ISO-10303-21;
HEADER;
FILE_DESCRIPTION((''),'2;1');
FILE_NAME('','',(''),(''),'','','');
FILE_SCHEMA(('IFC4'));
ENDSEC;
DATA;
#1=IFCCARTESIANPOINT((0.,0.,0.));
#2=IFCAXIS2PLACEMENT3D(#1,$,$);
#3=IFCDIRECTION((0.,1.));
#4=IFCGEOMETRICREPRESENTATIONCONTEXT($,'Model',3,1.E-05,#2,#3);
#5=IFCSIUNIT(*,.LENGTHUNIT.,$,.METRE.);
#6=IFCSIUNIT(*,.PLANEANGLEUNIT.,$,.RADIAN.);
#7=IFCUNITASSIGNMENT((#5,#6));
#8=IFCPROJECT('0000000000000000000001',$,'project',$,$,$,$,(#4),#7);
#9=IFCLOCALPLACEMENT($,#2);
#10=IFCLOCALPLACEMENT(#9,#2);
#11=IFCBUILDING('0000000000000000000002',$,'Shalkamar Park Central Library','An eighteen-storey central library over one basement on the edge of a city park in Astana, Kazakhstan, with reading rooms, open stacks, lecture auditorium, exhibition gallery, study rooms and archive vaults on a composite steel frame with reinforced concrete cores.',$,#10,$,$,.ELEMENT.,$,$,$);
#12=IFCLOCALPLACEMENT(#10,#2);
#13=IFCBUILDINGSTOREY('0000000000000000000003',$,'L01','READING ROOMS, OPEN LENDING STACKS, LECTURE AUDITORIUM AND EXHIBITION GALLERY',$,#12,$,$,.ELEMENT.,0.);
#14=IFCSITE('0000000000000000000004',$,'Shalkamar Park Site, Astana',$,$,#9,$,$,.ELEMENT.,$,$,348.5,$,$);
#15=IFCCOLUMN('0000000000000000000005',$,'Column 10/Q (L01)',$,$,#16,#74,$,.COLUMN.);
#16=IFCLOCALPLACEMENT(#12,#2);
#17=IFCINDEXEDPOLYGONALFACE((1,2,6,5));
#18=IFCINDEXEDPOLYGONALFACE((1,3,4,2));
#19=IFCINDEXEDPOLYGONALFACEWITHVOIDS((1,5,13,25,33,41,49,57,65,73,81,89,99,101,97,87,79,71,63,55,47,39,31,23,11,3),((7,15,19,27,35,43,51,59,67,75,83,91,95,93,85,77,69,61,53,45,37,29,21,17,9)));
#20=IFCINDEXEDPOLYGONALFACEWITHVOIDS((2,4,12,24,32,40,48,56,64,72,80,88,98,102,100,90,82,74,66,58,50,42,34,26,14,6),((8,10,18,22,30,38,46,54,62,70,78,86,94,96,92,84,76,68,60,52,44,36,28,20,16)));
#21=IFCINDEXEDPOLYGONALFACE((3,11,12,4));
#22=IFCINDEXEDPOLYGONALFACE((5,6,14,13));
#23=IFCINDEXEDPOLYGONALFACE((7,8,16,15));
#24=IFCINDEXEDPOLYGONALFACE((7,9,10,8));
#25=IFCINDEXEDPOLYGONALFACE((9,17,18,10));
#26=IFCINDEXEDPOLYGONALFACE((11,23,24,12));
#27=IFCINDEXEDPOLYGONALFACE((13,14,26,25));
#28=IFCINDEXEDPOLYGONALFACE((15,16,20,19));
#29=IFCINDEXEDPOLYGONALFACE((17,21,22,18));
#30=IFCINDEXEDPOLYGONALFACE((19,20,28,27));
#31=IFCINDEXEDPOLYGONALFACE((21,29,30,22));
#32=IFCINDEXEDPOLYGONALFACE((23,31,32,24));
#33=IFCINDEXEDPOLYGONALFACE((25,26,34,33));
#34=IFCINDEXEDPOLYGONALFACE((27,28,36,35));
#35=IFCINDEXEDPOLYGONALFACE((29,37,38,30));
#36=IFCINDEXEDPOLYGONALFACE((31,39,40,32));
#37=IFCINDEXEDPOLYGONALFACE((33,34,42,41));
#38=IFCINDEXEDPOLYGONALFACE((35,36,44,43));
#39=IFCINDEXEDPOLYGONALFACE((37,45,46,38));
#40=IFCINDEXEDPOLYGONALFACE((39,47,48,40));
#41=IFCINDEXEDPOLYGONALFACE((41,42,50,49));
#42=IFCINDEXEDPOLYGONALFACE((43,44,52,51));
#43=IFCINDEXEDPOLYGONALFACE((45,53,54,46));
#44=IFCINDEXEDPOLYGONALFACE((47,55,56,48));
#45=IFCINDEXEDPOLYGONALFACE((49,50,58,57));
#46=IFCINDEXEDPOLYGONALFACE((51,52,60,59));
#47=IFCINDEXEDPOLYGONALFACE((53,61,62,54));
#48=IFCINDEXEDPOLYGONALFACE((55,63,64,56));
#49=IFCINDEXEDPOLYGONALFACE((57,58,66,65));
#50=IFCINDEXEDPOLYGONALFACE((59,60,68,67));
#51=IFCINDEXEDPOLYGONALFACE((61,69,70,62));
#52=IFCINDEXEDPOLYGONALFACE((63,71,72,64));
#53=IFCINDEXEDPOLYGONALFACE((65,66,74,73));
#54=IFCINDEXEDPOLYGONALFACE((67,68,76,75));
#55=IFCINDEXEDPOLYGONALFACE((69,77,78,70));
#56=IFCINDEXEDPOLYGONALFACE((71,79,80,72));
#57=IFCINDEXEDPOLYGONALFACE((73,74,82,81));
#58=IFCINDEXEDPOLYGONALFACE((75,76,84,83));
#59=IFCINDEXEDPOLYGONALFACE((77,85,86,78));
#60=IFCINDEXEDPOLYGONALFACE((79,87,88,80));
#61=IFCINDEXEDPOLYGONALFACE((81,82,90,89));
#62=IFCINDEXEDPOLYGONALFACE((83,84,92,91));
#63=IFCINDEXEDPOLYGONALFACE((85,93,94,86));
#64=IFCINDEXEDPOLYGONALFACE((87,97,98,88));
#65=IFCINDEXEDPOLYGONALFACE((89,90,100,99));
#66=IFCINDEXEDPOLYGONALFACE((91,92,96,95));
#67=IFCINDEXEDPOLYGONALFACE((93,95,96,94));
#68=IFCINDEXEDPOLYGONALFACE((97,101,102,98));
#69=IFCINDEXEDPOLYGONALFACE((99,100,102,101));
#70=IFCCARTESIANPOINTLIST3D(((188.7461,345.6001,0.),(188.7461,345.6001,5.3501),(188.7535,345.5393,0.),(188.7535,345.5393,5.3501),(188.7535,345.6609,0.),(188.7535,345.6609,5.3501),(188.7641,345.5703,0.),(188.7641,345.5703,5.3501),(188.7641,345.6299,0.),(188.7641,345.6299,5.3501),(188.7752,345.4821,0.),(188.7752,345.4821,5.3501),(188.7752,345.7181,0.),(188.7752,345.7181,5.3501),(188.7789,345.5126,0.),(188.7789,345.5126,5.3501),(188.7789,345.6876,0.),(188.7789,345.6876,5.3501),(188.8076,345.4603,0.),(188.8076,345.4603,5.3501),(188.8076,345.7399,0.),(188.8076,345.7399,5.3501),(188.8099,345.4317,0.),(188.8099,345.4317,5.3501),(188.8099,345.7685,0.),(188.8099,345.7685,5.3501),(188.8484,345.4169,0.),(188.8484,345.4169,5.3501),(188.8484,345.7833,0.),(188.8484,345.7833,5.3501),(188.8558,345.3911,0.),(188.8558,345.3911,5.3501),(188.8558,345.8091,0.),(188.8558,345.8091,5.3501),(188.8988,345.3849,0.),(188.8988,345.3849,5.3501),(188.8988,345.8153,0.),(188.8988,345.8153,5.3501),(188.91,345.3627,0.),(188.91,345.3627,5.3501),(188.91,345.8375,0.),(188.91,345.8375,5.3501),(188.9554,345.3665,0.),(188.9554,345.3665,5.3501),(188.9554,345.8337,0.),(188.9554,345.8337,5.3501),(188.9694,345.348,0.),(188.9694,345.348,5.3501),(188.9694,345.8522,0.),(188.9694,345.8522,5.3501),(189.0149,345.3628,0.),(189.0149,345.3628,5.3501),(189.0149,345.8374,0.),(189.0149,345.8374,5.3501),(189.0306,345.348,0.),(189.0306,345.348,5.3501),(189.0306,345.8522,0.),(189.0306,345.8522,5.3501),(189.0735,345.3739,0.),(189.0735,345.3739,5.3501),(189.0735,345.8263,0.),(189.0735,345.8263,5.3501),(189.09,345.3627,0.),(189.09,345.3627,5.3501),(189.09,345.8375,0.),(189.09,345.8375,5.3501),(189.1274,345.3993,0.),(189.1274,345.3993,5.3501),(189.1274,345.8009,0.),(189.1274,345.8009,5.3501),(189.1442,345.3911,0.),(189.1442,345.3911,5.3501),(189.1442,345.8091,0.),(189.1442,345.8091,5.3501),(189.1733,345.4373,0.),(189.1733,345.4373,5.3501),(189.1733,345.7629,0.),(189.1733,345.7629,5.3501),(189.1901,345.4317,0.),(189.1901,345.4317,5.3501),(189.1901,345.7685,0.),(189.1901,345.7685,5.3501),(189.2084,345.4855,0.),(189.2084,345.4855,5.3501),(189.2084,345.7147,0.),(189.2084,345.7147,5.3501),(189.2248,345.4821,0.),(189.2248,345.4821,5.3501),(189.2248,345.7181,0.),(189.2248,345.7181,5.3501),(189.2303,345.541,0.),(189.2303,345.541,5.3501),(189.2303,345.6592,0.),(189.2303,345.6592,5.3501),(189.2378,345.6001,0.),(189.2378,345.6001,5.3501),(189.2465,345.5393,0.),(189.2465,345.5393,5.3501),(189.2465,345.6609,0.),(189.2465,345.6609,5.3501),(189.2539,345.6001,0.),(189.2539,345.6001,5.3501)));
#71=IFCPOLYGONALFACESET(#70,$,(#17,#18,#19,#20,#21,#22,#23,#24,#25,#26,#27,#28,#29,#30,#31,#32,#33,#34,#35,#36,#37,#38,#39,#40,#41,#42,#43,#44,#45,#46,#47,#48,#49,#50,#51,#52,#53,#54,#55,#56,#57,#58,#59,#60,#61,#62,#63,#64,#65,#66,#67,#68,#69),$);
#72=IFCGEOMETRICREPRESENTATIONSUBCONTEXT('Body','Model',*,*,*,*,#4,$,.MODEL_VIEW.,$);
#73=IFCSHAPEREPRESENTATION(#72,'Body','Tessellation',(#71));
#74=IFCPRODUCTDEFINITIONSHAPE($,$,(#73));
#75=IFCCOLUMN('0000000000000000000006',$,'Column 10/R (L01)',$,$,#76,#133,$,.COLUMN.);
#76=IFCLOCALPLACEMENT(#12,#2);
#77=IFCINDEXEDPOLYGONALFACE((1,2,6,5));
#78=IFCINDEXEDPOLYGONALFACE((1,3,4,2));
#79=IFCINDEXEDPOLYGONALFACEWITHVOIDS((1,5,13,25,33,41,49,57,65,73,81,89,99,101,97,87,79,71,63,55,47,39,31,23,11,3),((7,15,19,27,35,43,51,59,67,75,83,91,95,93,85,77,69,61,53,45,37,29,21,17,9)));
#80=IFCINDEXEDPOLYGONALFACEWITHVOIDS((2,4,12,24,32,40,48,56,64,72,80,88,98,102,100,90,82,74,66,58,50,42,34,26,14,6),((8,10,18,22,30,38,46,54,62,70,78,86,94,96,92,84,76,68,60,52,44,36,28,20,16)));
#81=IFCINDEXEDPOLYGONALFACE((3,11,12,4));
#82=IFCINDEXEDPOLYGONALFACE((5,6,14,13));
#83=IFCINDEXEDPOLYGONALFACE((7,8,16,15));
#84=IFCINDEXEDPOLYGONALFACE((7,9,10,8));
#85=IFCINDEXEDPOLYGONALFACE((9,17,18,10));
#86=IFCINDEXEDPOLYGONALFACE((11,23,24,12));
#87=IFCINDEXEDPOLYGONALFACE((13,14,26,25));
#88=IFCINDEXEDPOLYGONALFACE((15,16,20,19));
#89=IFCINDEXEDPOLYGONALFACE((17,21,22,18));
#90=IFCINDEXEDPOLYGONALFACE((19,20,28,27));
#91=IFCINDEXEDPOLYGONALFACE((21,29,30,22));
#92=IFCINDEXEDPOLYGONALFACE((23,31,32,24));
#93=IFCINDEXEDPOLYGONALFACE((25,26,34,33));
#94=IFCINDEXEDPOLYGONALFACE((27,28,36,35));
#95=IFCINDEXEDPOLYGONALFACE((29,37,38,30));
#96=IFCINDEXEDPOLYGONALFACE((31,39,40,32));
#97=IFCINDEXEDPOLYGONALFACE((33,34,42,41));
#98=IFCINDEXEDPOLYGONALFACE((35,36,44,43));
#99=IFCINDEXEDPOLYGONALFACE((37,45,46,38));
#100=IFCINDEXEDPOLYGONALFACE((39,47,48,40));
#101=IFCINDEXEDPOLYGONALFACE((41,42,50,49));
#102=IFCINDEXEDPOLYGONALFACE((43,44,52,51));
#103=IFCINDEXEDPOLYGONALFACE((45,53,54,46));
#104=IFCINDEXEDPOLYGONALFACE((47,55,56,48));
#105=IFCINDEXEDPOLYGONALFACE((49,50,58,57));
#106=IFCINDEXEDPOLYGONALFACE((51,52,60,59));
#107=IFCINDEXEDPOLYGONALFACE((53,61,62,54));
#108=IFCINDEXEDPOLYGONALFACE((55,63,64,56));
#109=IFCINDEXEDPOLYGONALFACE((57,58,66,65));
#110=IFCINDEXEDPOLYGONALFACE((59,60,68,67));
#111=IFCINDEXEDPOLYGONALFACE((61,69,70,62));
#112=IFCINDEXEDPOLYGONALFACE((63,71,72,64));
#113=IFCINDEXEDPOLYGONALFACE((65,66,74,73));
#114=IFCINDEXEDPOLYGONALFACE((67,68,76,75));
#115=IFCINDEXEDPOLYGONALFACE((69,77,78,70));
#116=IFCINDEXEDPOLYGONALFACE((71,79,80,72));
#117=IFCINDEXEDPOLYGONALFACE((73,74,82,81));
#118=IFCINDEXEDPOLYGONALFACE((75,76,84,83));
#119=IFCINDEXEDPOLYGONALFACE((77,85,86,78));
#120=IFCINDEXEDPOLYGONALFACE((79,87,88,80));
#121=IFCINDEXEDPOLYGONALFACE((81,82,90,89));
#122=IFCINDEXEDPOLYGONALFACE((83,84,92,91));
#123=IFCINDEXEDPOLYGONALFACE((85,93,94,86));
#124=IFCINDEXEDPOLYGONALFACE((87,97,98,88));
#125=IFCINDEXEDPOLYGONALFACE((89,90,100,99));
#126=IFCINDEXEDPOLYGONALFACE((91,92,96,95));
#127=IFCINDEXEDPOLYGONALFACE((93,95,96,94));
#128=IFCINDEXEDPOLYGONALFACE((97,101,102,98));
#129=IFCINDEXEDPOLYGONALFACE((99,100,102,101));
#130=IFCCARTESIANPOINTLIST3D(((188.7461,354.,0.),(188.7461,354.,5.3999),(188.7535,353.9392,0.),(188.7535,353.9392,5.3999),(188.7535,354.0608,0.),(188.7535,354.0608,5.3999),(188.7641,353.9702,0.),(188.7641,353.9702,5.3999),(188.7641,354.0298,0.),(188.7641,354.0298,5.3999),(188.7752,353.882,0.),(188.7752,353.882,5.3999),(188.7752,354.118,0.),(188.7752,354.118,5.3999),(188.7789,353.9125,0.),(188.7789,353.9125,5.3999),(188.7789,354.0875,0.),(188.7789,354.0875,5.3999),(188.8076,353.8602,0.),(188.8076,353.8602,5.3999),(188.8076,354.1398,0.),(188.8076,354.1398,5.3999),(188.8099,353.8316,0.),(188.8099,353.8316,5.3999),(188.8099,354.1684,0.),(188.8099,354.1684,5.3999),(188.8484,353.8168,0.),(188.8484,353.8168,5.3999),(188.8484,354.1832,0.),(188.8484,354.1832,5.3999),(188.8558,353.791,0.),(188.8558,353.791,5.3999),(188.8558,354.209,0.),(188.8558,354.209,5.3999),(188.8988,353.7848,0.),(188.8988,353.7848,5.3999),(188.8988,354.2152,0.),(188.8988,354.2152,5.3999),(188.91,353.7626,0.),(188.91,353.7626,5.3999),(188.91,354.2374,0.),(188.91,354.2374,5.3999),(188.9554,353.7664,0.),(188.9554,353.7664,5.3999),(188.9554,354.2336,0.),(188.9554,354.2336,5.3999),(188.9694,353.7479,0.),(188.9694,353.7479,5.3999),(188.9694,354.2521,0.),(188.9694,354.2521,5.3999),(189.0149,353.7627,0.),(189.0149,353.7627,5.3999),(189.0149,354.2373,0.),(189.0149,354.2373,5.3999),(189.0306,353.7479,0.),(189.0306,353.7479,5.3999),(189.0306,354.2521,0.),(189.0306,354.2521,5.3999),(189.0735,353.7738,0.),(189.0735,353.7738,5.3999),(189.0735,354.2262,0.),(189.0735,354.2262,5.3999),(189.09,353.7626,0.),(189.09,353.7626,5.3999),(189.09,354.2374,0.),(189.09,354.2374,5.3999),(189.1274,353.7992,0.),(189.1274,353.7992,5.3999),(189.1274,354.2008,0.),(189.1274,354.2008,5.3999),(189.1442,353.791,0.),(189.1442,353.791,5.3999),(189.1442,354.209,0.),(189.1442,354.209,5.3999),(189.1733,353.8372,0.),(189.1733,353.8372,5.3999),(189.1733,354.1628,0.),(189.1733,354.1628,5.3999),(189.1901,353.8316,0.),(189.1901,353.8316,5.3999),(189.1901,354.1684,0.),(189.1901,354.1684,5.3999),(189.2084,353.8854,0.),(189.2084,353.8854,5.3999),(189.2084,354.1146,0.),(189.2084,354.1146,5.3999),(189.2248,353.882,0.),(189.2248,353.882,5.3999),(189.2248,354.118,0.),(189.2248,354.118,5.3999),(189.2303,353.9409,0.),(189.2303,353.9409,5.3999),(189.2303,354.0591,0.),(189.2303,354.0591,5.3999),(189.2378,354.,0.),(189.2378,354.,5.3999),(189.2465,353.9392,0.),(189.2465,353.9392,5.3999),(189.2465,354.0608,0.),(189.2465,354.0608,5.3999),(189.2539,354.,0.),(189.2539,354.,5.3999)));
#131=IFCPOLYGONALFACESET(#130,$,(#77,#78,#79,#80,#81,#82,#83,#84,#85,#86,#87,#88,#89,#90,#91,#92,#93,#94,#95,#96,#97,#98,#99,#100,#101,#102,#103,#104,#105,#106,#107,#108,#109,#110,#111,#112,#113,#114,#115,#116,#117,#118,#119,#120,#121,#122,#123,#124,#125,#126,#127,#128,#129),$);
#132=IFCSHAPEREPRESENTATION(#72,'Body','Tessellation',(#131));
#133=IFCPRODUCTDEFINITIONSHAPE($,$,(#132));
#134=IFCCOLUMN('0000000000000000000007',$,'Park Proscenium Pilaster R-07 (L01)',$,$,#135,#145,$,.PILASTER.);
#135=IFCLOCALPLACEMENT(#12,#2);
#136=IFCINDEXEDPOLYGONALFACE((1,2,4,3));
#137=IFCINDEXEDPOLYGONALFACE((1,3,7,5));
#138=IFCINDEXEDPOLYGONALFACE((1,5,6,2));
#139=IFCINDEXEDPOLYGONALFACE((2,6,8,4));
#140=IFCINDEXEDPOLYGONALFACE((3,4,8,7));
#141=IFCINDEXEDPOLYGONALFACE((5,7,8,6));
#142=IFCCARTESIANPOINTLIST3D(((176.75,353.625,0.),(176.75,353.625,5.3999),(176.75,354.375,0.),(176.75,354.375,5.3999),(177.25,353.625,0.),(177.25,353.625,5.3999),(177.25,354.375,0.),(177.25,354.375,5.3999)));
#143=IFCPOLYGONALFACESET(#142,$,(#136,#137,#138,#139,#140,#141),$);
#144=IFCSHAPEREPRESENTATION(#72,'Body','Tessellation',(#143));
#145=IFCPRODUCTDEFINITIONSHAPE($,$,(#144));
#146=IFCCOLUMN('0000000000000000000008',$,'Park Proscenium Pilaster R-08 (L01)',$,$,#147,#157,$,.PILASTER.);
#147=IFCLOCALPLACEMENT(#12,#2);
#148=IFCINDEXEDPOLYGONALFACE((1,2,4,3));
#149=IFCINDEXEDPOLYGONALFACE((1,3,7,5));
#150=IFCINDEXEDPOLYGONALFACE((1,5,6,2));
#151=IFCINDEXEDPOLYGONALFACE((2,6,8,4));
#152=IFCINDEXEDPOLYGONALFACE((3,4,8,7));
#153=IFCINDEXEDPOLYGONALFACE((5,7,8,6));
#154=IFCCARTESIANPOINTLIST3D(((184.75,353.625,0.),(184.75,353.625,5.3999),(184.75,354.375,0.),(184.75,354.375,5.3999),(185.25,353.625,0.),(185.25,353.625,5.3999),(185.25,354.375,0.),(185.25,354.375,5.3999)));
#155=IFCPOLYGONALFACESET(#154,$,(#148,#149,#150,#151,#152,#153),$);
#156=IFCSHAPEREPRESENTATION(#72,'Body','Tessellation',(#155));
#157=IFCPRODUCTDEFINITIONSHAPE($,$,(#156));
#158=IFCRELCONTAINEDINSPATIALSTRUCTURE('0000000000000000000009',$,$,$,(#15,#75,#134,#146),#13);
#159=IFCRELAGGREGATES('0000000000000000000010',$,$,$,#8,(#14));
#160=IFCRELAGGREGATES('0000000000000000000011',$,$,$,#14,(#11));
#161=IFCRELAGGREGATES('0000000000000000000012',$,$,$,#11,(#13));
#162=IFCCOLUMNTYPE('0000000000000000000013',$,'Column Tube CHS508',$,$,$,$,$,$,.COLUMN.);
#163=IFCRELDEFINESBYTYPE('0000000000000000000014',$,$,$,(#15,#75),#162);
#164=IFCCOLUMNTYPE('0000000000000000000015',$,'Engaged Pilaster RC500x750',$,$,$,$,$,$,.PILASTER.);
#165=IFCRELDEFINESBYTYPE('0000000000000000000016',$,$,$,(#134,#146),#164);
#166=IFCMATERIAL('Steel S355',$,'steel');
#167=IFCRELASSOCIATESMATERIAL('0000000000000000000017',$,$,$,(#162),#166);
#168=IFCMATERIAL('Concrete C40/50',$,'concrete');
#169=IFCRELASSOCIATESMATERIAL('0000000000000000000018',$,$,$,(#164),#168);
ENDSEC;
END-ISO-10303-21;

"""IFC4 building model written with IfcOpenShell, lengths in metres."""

from ifc_helpers import new_model, si_unit, direction, frame, origin, origin_2d, place, context, subcontext, project, spatial, rectangle, hollow_circle, extrude, material, material_profile, profile_set, type_object, element, save


model = new_model("IFC4")

# Units and contexts
model_context = context("Model", 3, precision=1e-05, world=origin(), true_north=direction((0.0, 1.0)))
body_context = subcontext(model_context, "Body", "Model", "MODEL_VIEW")
ifc_project = project(units=[si_unit("LENGTHUNIT", "METRE"), si_unit("PLANEANGLEUNIT", "RADIAN")], contexts=[model_context])

# Site, building, storey
site_placement = place(None, origin())
site = spatial("IfcSite", under=ifc_project, at=site_placement, Name="Shalkamar Park Site, Astana", CompositionType="ELEMENT", RefElevation=348.5)
building_placement = place(site_placement, origin())
building = spatial("IfcBuilding", under=site, at=building_placement, Name="Shalkamar Park Central Library", Description="An eighteen-storey central library over one basement on the edge of a city park in Astana, Kazakhstan, with reading rooms, open stacks, lecture auditorium, exhibition gallery, study rooms and archive vaults on a composite steel frame with reinforced concrete cores.", CompositionType="ELEMENT")
storey_placement = place(building_placement, origin())
storey = spatial("IfcBuildingStorey", under=building, at=storey_placement, Name="L01", Description="READING ROOMS, OPEN LENDING STACKS, LECTURE AUDITORIUM AND EXHIBITION GALLERY", CompositionType="ELEMENT", Elevation=0.0)

# Columns
ifc_material_1 = material(Name="Steel S355", Category="steel")
ifc_material_profile_1 = material_profile(ifc_material_1, hollow_circle(Radius=0.2539, WallThickness=0.0161, at=origin_2d()), Name="CHS 508x16")
ifc_profile_set_1 = profile_set([ifc_material_profile_1], Name="Steel S355")
column_type_1 = type_object("IfcColumnType", Name="Column Tube CHS508", PredefinedType="COLUMN", material=ifc_profile_set_1)
column_1_placement = place(storey_placement, frame((189.0, 345.6001, 0.0), z_axis=(0.0, 0.0, 1.0), x_axis=(1.0, 0.0, 0.0)))
element("IfcColumn", 1, at=column_1_placement, inside=storey, type_object=column_type_1, Name="Column 10/Q (L01)", PredefinedType="COLUMN", context=body_context, shape_type="SweptSolid", body=[
    extrude(hollow_circle(Radius=0.2539, WallThickness=0.0161, at=origin_2d()), origin(), (0.0, 0.0, 1.0), 5.3501),
])
column_2_placement = place(storey_placement, frame((189.0, 354.0, 0.0), z_axis=(0.0, 0.0, 1.0), x_axis=(1.0, 0.0, 0.0)))
element("IfcColumn", 2, at=column_2_placement, inside=storey, type_object=column_type_1, Name="Column 10/R (L01)", PredefinedType="COLUMN", context=body_context, shape_type="SweptSolid", body=[
    extrude(hollow_circle(Radius=0.2539, WallThickness=0.0161, at=origin_2d()), origin(), (0.0, 0.0, 1.0), 5.3999),
])
ifc_material_2 = material(Name="Concrete C40/50", Category="concrete")
ifc_material_profile_2 = material_profile(ifc_material_2, rectangle(XDim=0.5, YDim=0.75, at=origin_2d()), Name="RC 500x750")
ifc_profile_set_2 = profile_set([ifc_material_profile_2], Name="Concrete C40/50")
column_type_2 = type_object("IfcColumnType", Name="Engaged Pilaster RC500x750", PredefinedType="PILASTER", material=ifc_profile_set_2)
for number, where, z_axis, x_axis, name in (
    (3, (177.0, 354.0, 0.0), (0.0, 0.0, 1.0), (1.0, 0.0, 0.0), "Park Proscenium Pilaster R-07 (L01)"),
    (4, (185.0, 354.0, 0.0), (0.0, 0.0, 1.0), (1.0, 0.0, 0.0), "Park Proscenium Pilaster R-08 (L01)"),
):
    element("IfcColumn", number, at=place(storey_placement, frame(where, z_axis=z_axis, x_axis=x_axis)), inside=storey, type_object=column_type_2, Name=name, PredefinedType="PILASTER", context=body_context, shape_type="SweptSolid", body=[
        extrude(rectangle(XDim=0.5, YDim=0.75, at=origin_2d()), origin(), (0.0, 0.0, 1.0), 5.3999),
    ])

save(model, "model.ifc")
